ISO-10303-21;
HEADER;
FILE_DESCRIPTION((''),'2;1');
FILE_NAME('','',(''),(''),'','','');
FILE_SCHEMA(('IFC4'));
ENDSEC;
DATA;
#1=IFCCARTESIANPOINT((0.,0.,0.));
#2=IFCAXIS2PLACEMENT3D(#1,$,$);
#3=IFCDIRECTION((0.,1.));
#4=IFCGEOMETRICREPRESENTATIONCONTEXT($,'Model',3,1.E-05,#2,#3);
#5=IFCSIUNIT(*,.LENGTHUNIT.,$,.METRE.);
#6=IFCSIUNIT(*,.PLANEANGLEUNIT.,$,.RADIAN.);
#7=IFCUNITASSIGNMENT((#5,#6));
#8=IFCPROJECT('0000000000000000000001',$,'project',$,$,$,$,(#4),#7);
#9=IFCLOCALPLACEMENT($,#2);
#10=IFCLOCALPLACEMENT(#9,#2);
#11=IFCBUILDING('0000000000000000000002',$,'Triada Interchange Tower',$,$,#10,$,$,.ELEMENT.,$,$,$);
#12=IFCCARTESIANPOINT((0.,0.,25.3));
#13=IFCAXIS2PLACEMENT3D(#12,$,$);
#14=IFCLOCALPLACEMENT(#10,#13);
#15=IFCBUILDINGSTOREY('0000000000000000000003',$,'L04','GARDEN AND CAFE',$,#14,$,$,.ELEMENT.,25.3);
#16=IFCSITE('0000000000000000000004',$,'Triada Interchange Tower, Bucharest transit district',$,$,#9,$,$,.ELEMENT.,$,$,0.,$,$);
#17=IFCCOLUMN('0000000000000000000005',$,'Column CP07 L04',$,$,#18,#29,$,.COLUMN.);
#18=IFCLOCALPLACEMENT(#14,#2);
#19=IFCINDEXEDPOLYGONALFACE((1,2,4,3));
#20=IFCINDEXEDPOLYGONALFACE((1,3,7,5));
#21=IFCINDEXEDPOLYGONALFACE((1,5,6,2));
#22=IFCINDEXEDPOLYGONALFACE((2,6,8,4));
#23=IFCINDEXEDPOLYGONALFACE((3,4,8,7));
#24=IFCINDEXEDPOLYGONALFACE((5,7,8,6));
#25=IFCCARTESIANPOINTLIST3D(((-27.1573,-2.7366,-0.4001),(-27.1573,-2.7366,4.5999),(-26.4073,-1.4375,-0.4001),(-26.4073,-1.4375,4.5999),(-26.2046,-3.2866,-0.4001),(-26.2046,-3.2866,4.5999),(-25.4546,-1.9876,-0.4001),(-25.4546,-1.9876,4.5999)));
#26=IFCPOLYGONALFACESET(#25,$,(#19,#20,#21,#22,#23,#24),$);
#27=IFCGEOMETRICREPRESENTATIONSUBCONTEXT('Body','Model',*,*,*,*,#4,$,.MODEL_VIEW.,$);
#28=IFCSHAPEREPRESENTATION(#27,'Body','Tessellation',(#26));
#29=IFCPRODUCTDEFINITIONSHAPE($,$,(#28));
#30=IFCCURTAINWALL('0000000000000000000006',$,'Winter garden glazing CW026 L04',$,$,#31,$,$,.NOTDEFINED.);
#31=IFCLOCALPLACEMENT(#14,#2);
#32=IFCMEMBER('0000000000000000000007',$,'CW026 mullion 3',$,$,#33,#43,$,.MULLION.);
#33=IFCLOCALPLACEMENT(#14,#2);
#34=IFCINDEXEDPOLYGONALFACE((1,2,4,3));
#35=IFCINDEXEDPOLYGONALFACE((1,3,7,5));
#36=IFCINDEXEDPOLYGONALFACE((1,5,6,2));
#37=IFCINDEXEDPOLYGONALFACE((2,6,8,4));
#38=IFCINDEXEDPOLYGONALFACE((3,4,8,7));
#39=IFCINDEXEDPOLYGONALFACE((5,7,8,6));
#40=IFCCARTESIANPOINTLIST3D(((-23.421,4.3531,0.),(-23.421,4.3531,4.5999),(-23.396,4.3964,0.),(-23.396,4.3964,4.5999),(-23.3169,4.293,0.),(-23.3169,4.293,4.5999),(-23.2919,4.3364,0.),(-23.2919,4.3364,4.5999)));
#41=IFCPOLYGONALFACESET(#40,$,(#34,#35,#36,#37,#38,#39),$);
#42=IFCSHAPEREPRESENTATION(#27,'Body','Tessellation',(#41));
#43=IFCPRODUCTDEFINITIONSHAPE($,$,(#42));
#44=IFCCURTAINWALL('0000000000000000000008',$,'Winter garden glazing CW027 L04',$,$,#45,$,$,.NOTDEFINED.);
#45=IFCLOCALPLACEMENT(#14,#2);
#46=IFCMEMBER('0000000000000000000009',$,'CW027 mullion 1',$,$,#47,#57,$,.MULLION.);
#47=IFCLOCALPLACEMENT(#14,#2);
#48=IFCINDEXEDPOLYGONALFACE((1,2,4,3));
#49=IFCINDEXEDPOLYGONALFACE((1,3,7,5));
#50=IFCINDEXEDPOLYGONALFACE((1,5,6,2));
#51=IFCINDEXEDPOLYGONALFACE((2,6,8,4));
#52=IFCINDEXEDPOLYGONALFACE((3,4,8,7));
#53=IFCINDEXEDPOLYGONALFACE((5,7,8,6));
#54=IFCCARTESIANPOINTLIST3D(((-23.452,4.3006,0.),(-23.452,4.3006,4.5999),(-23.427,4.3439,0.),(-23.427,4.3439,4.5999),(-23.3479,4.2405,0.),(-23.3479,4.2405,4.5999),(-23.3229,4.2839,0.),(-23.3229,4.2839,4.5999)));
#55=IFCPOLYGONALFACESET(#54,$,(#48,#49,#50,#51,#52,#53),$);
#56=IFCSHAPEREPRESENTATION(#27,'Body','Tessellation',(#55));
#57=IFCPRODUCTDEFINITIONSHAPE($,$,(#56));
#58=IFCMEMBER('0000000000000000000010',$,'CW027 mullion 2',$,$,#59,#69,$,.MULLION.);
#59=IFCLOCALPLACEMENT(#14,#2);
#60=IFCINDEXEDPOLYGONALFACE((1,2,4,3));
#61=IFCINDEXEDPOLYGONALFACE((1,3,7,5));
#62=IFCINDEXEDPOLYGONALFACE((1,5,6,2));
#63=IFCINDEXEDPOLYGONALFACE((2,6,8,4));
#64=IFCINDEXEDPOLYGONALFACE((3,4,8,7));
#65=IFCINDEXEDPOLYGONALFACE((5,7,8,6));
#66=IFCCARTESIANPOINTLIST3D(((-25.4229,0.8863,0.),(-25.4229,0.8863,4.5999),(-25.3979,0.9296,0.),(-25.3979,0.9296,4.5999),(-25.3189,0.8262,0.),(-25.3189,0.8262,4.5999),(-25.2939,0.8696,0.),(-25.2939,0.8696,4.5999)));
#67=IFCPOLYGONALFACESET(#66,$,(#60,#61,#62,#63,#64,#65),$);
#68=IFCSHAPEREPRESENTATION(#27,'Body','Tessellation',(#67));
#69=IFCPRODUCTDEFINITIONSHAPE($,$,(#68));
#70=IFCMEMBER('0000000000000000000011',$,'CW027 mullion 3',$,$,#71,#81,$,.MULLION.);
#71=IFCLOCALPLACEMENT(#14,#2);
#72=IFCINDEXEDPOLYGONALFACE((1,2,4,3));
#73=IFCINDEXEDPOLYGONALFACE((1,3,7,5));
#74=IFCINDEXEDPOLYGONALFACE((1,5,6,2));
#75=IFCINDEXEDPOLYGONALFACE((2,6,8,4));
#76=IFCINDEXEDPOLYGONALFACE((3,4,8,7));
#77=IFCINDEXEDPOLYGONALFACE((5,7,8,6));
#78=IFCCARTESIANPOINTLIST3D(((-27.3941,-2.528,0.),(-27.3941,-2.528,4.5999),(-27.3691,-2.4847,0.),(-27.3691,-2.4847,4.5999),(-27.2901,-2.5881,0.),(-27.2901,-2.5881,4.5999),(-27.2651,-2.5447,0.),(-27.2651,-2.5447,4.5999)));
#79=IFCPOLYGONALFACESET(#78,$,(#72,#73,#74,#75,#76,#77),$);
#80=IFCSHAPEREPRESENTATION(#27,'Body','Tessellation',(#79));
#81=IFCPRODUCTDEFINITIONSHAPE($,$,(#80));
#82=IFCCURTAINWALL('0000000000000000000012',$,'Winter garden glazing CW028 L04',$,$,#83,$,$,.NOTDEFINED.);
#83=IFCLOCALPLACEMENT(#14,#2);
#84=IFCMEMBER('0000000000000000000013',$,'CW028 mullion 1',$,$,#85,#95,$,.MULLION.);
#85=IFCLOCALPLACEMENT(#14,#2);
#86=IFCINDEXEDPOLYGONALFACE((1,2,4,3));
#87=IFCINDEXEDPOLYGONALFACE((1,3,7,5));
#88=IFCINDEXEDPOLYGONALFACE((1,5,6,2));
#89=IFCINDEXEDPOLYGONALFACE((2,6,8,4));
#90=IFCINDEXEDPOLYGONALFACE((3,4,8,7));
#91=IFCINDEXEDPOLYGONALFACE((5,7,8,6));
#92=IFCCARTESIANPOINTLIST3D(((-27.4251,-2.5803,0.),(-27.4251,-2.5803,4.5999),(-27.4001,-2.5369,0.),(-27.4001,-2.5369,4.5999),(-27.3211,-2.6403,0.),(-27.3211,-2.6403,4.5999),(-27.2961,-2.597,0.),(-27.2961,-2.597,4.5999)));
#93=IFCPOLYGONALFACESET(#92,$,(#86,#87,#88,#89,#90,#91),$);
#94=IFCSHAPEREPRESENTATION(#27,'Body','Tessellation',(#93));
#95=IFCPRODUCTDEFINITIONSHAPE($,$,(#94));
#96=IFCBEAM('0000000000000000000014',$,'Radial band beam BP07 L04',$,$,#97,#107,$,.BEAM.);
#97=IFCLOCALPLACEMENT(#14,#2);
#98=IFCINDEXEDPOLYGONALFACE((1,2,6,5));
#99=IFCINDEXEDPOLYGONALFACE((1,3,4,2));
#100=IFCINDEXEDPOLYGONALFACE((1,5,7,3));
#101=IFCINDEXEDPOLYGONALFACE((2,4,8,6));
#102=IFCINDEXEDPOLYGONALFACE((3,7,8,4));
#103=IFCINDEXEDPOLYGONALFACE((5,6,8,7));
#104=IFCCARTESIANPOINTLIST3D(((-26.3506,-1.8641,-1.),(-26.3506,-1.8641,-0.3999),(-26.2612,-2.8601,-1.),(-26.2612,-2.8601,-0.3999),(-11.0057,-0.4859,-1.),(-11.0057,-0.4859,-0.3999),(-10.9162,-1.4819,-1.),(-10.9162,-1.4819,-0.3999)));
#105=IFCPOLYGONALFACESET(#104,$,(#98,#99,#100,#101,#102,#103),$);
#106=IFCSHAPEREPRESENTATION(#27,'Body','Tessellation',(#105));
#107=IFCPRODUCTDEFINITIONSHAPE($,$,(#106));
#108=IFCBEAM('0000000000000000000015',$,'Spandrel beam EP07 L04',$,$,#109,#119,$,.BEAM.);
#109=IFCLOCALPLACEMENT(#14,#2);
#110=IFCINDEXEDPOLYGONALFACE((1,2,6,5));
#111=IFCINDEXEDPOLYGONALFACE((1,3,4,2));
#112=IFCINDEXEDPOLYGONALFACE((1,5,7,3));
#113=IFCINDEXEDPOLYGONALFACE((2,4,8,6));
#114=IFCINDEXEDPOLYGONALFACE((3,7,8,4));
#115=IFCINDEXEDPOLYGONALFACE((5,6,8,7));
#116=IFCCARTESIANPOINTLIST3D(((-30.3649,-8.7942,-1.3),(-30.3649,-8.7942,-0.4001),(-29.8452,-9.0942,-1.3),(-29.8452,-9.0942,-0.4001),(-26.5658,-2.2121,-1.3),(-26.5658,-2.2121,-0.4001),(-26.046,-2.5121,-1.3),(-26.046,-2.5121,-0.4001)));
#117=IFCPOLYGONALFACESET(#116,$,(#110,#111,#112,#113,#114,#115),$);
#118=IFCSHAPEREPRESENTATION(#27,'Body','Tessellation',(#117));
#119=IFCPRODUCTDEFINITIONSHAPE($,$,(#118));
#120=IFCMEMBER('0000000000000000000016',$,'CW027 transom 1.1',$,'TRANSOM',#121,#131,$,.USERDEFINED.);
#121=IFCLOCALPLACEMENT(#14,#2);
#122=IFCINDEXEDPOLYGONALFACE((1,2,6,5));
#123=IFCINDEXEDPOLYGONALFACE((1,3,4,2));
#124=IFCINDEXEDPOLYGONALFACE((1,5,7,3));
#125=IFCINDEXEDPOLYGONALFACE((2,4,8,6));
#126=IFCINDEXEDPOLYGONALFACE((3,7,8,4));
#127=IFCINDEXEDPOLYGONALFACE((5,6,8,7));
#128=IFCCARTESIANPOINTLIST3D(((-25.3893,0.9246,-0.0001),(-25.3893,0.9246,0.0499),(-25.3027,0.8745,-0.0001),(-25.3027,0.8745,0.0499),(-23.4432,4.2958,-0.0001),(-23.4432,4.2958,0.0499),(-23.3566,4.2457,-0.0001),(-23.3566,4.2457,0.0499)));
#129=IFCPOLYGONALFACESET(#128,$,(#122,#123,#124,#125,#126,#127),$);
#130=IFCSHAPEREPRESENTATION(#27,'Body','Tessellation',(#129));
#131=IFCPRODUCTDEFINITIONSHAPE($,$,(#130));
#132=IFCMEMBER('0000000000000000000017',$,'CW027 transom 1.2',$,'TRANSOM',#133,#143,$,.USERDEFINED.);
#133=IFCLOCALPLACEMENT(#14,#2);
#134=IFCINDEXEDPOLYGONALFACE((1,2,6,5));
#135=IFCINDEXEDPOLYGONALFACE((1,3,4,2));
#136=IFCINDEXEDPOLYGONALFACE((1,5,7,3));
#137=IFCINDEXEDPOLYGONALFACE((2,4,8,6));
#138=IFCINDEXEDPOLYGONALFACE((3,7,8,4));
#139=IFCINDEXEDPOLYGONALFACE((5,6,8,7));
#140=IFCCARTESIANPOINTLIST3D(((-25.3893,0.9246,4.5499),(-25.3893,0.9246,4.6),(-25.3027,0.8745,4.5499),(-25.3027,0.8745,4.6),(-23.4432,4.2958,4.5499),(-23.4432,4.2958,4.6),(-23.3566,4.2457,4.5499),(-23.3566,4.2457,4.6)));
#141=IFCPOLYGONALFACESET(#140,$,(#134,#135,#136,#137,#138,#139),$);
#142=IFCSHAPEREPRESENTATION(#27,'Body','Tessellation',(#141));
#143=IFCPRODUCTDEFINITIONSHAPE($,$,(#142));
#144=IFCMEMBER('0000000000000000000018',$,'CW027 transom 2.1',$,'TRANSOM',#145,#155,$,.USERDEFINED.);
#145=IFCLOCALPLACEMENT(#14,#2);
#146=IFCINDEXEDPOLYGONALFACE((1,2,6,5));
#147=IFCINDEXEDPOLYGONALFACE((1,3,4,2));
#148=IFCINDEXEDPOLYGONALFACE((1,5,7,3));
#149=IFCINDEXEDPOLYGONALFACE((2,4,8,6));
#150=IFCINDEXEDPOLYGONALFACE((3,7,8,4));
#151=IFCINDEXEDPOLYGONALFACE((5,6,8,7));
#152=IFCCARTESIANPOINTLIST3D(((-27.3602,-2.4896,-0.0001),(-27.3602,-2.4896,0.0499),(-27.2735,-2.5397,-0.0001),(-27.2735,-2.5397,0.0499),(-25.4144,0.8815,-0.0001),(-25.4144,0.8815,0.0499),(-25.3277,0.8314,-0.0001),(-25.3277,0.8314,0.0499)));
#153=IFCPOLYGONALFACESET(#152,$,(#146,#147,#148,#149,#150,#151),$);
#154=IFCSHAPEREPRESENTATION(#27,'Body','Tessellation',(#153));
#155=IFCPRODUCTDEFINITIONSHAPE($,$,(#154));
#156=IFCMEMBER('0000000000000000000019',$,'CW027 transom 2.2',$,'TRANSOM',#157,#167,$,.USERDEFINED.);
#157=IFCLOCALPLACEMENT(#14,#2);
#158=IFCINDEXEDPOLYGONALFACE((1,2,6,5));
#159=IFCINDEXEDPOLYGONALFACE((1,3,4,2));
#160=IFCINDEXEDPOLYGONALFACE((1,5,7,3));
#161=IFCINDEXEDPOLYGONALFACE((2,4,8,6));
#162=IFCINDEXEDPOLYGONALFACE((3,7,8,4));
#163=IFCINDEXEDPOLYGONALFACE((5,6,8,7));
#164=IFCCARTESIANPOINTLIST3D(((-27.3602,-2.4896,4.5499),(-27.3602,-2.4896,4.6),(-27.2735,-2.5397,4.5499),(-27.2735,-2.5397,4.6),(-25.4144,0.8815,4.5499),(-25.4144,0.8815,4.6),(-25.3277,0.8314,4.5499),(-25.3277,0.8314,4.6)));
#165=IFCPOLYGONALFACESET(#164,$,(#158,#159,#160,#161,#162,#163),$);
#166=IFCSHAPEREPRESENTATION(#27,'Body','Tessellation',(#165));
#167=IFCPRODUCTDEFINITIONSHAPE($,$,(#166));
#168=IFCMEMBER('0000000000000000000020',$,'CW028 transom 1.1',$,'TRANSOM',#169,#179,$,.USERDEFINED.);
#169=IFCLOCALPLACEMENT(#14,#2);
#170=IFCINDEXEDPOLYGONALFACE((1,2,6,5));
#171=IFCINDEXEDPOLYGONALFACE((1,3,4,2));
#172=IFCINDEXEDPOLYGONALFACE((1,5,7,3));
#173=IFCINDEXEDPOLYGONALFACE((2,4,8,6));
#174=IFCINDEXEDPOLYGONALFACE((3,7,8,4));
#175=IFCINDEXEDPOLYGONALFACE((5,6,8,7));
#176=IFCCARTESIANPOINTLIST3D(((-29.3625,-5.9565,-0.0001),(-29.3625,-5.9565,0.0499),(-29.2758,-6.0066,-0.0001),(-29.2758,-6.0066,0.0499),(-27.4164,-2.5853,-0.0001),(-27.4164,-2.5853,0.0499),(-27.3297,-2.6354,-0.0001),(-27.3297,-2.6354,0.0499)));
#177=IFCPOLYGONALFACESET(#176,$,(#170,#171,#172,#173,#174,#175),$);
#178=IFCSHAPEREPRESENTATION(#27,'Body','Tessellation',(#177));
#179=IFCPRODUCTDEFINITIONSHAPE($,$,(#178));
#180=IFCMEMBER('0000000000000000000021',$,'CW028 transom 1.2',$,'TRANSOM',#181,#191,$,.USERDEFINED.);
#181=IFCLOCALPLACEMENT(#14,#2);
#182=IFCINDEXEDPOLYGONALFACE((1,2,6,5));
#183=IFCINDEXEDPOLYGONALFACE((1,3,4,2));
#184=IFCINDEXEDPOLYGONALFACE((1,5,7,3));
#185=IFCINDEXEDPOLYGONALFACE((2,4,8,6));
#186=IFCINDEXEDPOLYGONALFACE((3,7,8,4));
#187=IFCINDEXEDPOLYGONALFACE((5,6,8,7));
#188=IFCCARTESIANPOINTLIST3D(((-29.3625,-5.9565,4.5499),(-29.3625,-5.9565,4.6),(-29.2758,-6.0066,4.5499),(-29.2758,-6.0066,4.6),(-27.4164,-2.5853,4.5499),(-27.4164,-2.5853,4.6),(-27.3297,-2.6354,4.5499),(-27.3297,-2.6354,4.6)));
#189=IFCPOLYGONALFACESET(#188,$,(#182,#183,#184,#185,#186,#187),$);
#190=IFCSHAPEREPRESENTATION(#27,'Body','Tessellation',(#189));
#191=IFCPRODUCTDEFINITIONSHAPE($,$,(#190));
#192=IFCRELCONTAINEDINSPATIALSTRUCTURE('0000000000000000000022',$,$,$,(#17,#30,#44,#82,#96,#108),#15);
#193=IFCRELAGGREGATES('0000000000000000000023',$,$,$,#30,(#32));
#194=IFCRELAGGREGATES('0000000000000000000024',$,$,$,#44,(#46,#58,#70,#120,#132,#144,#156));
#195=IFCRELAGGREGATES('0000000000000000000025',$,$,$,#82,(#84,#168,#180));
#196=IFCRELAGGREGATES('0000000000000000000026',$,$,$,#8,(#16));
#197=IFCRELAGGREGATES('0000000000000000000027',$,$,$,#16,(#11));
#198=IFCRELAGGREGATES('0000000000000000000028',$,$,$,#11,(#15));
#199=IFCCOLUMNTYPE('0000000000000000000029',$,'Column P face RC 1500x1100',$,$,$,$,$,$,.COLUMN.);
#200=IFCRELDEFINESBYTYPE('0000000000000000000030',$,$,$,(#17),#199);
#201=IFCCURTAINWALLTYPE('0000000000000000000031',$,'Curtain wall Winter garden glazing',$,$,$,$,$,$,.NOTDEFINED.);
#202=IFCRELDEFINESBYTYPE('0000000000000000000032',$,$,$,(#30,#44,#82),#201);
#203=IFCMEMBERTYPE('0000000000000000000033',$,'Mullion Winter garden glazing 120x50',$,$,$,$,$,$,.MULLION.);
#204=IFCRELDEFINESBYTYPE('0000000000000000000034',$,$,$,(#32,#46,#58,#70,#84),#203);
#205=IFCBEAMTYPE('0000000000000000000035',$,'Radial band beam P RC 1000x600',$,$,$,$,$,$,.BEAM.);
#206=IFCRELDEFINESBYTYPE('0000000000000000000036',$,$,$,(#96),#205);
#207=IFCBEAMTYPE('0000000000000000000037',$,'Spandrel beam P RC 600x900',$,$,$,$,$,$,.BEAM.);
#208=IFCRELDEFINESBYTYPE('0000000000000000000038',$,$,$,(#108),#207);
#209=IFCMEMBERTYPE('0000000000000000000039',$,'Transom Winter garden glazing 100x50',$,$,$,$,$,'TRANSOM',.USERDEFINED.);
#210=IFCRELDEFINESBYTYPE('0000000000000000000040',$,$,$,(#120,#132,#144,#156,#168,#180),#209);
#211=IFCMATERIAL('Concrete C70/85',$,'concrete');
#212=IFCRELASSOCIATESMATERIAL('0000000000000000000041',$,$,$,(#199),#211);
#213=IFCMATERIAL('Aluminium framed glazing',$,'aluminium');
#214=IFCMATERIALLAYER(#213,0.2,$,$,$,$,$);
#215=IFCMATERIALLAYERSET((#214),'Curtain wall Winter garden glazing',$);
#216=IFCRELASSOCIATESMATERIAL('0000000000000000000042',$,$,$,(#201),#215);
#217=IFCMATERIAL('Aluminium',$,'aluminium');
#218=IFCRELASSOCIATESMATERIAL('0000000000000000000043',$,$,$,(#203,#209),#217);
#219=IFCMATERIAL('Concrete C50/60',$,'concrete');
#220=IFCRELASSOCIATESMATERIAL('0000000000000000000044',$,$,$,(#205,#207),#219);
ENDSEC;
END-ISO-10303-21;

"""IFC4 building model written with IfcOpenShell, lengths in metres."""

from ifc_helpers import new_model, si_unit, direction, frame, origin, origin_2d, place, context, subcontext, project, spatial, rectangle, extrude, material, layer, layer_set, material_profile, profile_set, type_object, element, aggregate, save


model = new_model("IFC4")

# Units and contexts
model_context = context("Model", 3, precision=1e-05, world=origin(), true_north=direction((0.0, 1.0)))
body_context = subcontext(model_context, "Body", "Model", "MODEL_VIEW")
ifc_project = project(units=[si_unit("LENGTHUNIT", "METRE"), si_unit("PLANEANGLEUNIT", "RADIAN")], contexts=[model_context])

# Site, building, storey
site_placement = place(None, origin())
site = spatial("IfcSite", under=ifc_project, at=site_placement, Name="Triada Interchange Tower, Bucharest transit district", CompositionType="ELEMENT", RefElevation=0.0)
building_placement = place(site_placement, origin())
building = spatial("IfcBuilding", under=site, at=building_placement, Name="Triada Interchange Tower", CompositionType="ELEMENT")
storey_placement = place(building_placement, frame((0.0, 0.0, 25.3)))
storey = spatial("IfcBuildingStorey", under=building, at=storey_placement, Name="L04", Description="GARDEN AND CAFE", CompositionType="ELEMENT", Elevation=25.3)

# Column
ifc_material_1 = material(Name="Concrete C70/85", Category="concrete")
ifc_material_profile_1 = material_profile(ifc_material_1, rectangle(XDim=1.5, YDim=1.1001, at=origin_2d()), Name="RC 1500x1100")
ifc_profile_set_1 = profile_set([ifc_material_profile_1], Name="Concrete C70/85")
column_type = type_object("IfcColumnType", Name="Column P face RC 1500x1100", PredefinedType="COLUMN", material=ifc_profile_set_1)
column_placement = place(storey_placement, frame((-26.3059, -2.3621, -0.4001), z_axis=(0.0, 0.0, 1.0), x_axis=(0.5, 0.866025, 0.0)))
element("IfcColumn", 1, at=column_placement, inside=storey, type_object=column_type, Name="Column CP07 L04", PredefinedType="COLUMN", context=body_context, shape_type="SweptSolid", body=[
    extrude(rectangle(XDim=1.5, YDim=1.1001, at=origin_2d()), origin(), (0.0, 0.0, 1.0), 5.0),
])

# Curtain wall, member
ifc_material_2 = material(Name="Aluminium framed glazing", Category="aluminium")
ifc_layer_1 = layer(ifc_material_2, 0.2)
ifc_layer_set_1 = layer_set([ifc_layer_1], Name="Curtain wall Winter garden glazing")
curtain_wall_type = type_object("IfcCurtainWallType", Name="Curtain wall Winter garden glazing", PredefinedType="NOTDEFINED", material=ifc_layer_set_1)
curtain_wall_1_placement = place(storey_placement, origin())
curtain_wall_1 = element("IfcCurtainWall", 2, at=curtain_wall_1_placement, inside=storey, type_object=curtain_wall_type, Name="Winter garden glazing CW026 L04", PredefinedType="NOTDEFINED")
ifc_material_3 = material(Name="Aluminium", Category="aluminium")
ifc_material_profile_2 = material_profile(ifc_material_3, rectangle(XDim=0.1201, YDim=0.05, at=origin_2d()), Name="Aluminium mullion")
ifc_profile_set_2 = profile_set([ifc_material_profile_2], Name="Aluminium")
member_type_1 = type_object("IfcMemberType", Name="Mullion Winter garden glazing 120x50", PredefinedType="MULLION", material=ifc_profile_set_2)
member_1_placement = place(storey_placement, frame((-23.3564, 4.3447, 0.0), z_axis=(0.0, 0.0, 1.0), x_axis=(0.866087, -0.499893, 0.0)))
member_1 = element("IfcMember", 3, at=member_1_placement, type_object=member_type_1, Name="CW026 mullion 3", PredefinedType="MULLION", context=body_context, shape_type="SweptSolid", body=[
    extrude(rectangle(XDim=0.1201, YDim=0.05, at=origin_2d()), origin(), (0.0, 0.0, 1.0), 4.5999),
])
aggregate(curtain_wall_1, [member_1])

# Curtain wall, members
curtain_wall_2_placement = place(storey_placement, origin())
curtain_wall_2 = element("IfcCurtainWall", 4, at=curtain_wall_2_placement, inside=storey, type_object=curtain_wall_type, Name="Winter garden glazing CW027 L04", PredefinedType="NOTDEFINED")
member_2_placement = place(storey_placement, frame((-23.3875, 4.2922, 0.0), z_axis=(0.0, 0.0, 1.0), x_axis=(0.866055, -0.499948, 0.0)))
member_2 = element("IfcMember", 5, at=member_2_placement, type_object=member_type_1, Name="CW027 mullion 1", PredefinedType="MULLION", context=body_context, shape_type="SweptSolid", body=[
    extrude(rectangle(XDim=0.1201, YDim=0.05, at=origin_2d()), origin(), (0.0, 0.0, 1.0), 4.5999),
])
member_3_placement = place(storey_placement, frame((-25.3584, 0.8779, 0.0), z_axis=(0.0, 0.0, 1.0), x_axis=(0.866055, -0.499948, 0.0)))
member_3 = element("IfcMember", 6, at=member_3_placement, type_object=member_type_1, Name="CW027 mullion 2", PredefinedType="MULLION", context=body_context, shape_type="SweptSolid", body=[
    extrude(rectangle(XDim=0.1201, YDim=0.05, at=origin_2d()), origin(), (0.0, 0.0, 1.0), 4.5999),
])
member_4_placement = place(storey_placement, frame((-27.3296, -2.5364, 0.0), z_axis=(0.0, 0.0, 1.0), x_axis=(0.866055, -0.499948, 0.0)))
member_4 = element("IfcMember", 7, at=member_4_placement, type_object=member_type_1, Name="CW027 mullion 3", PredefinedType="MULLION", context=body_context, shape_type="SweptSolid", body=[
    extrude(rectangle(XDim=0.1201, YDim=0.05, at=origin_2d()), origin(), (0.0, 0.0, 1.0), 4.5999),
])

# Curtain wall, member
curtain_wall_3_placement = place(storey_placement, origin())
curtain_wall_3 = element("IfcCurtainWall", 8, at=curtain_wall_3_placement, inside=storey, type_object=curtain_wall_type, Name="Winter garden glazing CW028 L04", PredefinedType="NOTDEFINED")
member_5_placement = place(storey_placement, frame((-27.3606, -2.5886, 0.0), z_axis=(0.0, 0.0, 1.0), x_axis=(0.866055, -0.499948, 0.0)))
member_5 = element("IfcMember", 9, at=member_5_placement, type_object=member_type_1, Name="CW028 mullion 1", PredefinedType="MULLION", context=body_context, shape_type="SweptSolid", body=[
    extrude(rectangle(XDim=0.1201, YDim=0.05, at=origin_2d()), origin(), (0.0, 0.0, 1.0), 4.5999),
])

# Beams
ifc_material_4 = material(Name="Concrete C50/60", Category="concrete")
ifc_material_profile_3 = material_profile(ifc_material_4, rectangle(XDim=1.0, YDim=0.6001, at=origin_2d()), Name="RC 1000x600")
ifc_profile_set_3 = profile_set([ifc_material_profile_3], Name="Concrete C50/60")
beam_type_1 = type_object("IfcBeamType", Name="Radial band beam P RC 1000x600", PredefinedType="BEAM", material=ifc_profile_set_3)
beam_1_placement = place(storey_placement, frame((-26.3059, -2.3621, -0.7), z_axis=(0.995991, 0.089453, 0.0), x_axis=(-0.089453, 0.995991, 0.0)))
element("IfcBeam", 10, at=beam_1_placement, inside=storey, type_object=beam_type_1, Name="Radial band beam BP07 L04", PredefinedType="BEAM", context=body_context, shape_type="SweptSolid", body=[
    extrude(rectangle(XDim=1.0, YDim=0.6001, at=origin_2d()), origin(), (0.0, 0.0, 1.0), 15.4067),
])
ifc_material_profile_4 = material_profile(ifc_material_4, rectangle(XDim=0.6001, YDim=0.8999, at=origin_2d()), Name="RC 600x900")
ifc_profile_set_4 = profile_set([ifc_material_profile_4], Name="Concrete C50/60")
beam_type_2 = type_object("IfcBeamType", Name="Spandrel beam P RC 600x900", PredefinedType="BEAM", material=ifc_profile_set_4)
beam_2_placement = place(storey_placement, frame((-26.3059, -2.3621, -0.8501), z_axis=(-0.499895, -0.866086, 0.0), x_axis=(0.866086, -0.499895, 0.0)))
element("IfcBeam", 11, at=beam_2_placement, inside=storey, type_object=beam_type_2, Name="Spandrel beam EP07 L04", PredefinedType="BEAM", context=body_context, shape_type="SweptSolid", body=[
    extrude(rectangle(XDim=0.6001, YDim=0.8999, at=origin_2d()), origin(), (0.0, 0.0, 1.0), 7.5999),
])

# Members
ifc_material_profile_5 = material_profile(ifc_material_3, rectangle(XDim=0.1001, YDim=0.05, at=origin_2d()), Name="Aluminium transom")
ifc_profile_set_5 = profile_set([ifc_material_profile_5], Name="Aluminium")
member_type_2 = type_object("IfcMemberType", Name="Transom Winter garden glazing 100x50", ElementType="TRANSOM", PredefinedType="USERDEFINED", material=ifc_profile_set_5)
member_6_placement = place(storey_placement, frame((-23.3999, 4.2708, 0.0249), z_axis=(-0.49995, -0.866054, 0.0), x_axis=(0.866054, -0.49995, 0.0)))
member_6 = element("IfcMember", 12, at=member_6_placement, type_object=member_type_2, Name="CW027 transom 1.1", ObjectType="TRANSOM", PredefinedType="USERDEFINED", context=body_context, shape_type="SweptSolid", body=[
    extrude(rectangle(XDim=0.1001, YDim=0.05, at=origin_2d()), origin(), (0.0, 0.0, 1.0), 3.8926),
])
member_7_placement = place(storey_placement, frame((-23.3999, 4.2708, 4.575), z_axis=(-0.49995, -0.866054, 0.0), x_axis=(0.866054, -0.49995, 0.0)))
member_7 = element("IfcMember", 13, at=member_7_placement, type_object=member_type_2, Name="CW027 transom 1.2", ObjectType="TRANSOM", PredefinedType="USERDEFINED", context=body_context, shape_type="SweptSolid", body=[
    extrude(rectangle(XDim=0.1001, YDim=0.05, at=origin_2d()), origin(), (0.0, 0.0, 1.0), 3.8926),
])
member_8_placement = place(storey_placement, frame((-25.3711, 0.8564, 0.0249), z_axis=(-0.499903, -0.866081, 0.0), x_axis=(0.866081, -0.499903, 0.0)))
member_8 = element("IfcMember", 14, at=member_8_placement, type_object=member_type_2, Name="CW027 transom 2.1", ObjectType="TRANSOM", PredefinedType="USERDEFINED", context=body_context, shape_type="SweptSolid", body=[
    extrude(rectangle(XDim=0.1001, YDim=0.05, at=origin_2d()), origin(), (0.0, 0.0, 1.0), 3.8923),
])
member_9_placement = place(storey_placement, frame((-25.3711, 0.8564, 4.575), z_axis=(-0.499903, -0.866081, 0.0), x_axis=(0.866081, -0.499903, 0.0)))
member_9 = element("IfcMember", 15, at=member_9_placement, type_object=member_type_2, Name="CW027 transom 2.2", ObjectType="TRANSOM", PredefinedType="USERDEFINED", context=body_context, shape_type="SweptSolid", body=[
    extrude(rectangle(XDim=0.1001, YDim=0.05, at=origin_2d()), origin(), (0.0, 0.0, 1.0), 3.8923),
])
member_10_placement = place(storey_placement, frame((-27.373, -2.6104, 0.0249), z_axis=(-0.49995, -0.866054, 0.0), x_axis=(0.866054, -0.49995, 0.0)))
member_10 = element("IfcMember", 16, at=member_10_placement, type_object=member_type_2, Name="CW028 transom 1.1", ObjectType="TRANSOM", PredefinedType="USERDEFINED", context=body_context, shape_type="SweptSolid", body=[
    extrude(rectangle(XDim=0.1001, YDim=0.05, at=origin_2d()), origin(), (0.0, 0.0, 1.0), 3.8926),
])
member_11_placement = place(storey_placement, frame((-27.373, -2.6104, 4.575), z_axis=(-0.49995, -0.866054, 0.0), x_axis=(0.866054, -0.49995, 0.0)))
member_11 = element("IfcMember", 17, at=member_11_placement, type_object=member_type_2, Name="CW028 transom 1.2", ObjectType="TRANSOM", PredefinedType="USERDEFINED", context=body_context, shape_type="SweptSolid", body=[
    extrude(rectangle(XDim=0.1001, YDim=0.05, at=origin_2d()), origin(), (0.0, 0.0, 1.0), 3.8926),
])

aggregate(curtain_wall_2, [member_2, member_3, member_4, member_6, member_7, member_8, member_9])
aggregate(curtain_wall_3, [member_5, member_10, member_11])

save(model, "model.ifc")
